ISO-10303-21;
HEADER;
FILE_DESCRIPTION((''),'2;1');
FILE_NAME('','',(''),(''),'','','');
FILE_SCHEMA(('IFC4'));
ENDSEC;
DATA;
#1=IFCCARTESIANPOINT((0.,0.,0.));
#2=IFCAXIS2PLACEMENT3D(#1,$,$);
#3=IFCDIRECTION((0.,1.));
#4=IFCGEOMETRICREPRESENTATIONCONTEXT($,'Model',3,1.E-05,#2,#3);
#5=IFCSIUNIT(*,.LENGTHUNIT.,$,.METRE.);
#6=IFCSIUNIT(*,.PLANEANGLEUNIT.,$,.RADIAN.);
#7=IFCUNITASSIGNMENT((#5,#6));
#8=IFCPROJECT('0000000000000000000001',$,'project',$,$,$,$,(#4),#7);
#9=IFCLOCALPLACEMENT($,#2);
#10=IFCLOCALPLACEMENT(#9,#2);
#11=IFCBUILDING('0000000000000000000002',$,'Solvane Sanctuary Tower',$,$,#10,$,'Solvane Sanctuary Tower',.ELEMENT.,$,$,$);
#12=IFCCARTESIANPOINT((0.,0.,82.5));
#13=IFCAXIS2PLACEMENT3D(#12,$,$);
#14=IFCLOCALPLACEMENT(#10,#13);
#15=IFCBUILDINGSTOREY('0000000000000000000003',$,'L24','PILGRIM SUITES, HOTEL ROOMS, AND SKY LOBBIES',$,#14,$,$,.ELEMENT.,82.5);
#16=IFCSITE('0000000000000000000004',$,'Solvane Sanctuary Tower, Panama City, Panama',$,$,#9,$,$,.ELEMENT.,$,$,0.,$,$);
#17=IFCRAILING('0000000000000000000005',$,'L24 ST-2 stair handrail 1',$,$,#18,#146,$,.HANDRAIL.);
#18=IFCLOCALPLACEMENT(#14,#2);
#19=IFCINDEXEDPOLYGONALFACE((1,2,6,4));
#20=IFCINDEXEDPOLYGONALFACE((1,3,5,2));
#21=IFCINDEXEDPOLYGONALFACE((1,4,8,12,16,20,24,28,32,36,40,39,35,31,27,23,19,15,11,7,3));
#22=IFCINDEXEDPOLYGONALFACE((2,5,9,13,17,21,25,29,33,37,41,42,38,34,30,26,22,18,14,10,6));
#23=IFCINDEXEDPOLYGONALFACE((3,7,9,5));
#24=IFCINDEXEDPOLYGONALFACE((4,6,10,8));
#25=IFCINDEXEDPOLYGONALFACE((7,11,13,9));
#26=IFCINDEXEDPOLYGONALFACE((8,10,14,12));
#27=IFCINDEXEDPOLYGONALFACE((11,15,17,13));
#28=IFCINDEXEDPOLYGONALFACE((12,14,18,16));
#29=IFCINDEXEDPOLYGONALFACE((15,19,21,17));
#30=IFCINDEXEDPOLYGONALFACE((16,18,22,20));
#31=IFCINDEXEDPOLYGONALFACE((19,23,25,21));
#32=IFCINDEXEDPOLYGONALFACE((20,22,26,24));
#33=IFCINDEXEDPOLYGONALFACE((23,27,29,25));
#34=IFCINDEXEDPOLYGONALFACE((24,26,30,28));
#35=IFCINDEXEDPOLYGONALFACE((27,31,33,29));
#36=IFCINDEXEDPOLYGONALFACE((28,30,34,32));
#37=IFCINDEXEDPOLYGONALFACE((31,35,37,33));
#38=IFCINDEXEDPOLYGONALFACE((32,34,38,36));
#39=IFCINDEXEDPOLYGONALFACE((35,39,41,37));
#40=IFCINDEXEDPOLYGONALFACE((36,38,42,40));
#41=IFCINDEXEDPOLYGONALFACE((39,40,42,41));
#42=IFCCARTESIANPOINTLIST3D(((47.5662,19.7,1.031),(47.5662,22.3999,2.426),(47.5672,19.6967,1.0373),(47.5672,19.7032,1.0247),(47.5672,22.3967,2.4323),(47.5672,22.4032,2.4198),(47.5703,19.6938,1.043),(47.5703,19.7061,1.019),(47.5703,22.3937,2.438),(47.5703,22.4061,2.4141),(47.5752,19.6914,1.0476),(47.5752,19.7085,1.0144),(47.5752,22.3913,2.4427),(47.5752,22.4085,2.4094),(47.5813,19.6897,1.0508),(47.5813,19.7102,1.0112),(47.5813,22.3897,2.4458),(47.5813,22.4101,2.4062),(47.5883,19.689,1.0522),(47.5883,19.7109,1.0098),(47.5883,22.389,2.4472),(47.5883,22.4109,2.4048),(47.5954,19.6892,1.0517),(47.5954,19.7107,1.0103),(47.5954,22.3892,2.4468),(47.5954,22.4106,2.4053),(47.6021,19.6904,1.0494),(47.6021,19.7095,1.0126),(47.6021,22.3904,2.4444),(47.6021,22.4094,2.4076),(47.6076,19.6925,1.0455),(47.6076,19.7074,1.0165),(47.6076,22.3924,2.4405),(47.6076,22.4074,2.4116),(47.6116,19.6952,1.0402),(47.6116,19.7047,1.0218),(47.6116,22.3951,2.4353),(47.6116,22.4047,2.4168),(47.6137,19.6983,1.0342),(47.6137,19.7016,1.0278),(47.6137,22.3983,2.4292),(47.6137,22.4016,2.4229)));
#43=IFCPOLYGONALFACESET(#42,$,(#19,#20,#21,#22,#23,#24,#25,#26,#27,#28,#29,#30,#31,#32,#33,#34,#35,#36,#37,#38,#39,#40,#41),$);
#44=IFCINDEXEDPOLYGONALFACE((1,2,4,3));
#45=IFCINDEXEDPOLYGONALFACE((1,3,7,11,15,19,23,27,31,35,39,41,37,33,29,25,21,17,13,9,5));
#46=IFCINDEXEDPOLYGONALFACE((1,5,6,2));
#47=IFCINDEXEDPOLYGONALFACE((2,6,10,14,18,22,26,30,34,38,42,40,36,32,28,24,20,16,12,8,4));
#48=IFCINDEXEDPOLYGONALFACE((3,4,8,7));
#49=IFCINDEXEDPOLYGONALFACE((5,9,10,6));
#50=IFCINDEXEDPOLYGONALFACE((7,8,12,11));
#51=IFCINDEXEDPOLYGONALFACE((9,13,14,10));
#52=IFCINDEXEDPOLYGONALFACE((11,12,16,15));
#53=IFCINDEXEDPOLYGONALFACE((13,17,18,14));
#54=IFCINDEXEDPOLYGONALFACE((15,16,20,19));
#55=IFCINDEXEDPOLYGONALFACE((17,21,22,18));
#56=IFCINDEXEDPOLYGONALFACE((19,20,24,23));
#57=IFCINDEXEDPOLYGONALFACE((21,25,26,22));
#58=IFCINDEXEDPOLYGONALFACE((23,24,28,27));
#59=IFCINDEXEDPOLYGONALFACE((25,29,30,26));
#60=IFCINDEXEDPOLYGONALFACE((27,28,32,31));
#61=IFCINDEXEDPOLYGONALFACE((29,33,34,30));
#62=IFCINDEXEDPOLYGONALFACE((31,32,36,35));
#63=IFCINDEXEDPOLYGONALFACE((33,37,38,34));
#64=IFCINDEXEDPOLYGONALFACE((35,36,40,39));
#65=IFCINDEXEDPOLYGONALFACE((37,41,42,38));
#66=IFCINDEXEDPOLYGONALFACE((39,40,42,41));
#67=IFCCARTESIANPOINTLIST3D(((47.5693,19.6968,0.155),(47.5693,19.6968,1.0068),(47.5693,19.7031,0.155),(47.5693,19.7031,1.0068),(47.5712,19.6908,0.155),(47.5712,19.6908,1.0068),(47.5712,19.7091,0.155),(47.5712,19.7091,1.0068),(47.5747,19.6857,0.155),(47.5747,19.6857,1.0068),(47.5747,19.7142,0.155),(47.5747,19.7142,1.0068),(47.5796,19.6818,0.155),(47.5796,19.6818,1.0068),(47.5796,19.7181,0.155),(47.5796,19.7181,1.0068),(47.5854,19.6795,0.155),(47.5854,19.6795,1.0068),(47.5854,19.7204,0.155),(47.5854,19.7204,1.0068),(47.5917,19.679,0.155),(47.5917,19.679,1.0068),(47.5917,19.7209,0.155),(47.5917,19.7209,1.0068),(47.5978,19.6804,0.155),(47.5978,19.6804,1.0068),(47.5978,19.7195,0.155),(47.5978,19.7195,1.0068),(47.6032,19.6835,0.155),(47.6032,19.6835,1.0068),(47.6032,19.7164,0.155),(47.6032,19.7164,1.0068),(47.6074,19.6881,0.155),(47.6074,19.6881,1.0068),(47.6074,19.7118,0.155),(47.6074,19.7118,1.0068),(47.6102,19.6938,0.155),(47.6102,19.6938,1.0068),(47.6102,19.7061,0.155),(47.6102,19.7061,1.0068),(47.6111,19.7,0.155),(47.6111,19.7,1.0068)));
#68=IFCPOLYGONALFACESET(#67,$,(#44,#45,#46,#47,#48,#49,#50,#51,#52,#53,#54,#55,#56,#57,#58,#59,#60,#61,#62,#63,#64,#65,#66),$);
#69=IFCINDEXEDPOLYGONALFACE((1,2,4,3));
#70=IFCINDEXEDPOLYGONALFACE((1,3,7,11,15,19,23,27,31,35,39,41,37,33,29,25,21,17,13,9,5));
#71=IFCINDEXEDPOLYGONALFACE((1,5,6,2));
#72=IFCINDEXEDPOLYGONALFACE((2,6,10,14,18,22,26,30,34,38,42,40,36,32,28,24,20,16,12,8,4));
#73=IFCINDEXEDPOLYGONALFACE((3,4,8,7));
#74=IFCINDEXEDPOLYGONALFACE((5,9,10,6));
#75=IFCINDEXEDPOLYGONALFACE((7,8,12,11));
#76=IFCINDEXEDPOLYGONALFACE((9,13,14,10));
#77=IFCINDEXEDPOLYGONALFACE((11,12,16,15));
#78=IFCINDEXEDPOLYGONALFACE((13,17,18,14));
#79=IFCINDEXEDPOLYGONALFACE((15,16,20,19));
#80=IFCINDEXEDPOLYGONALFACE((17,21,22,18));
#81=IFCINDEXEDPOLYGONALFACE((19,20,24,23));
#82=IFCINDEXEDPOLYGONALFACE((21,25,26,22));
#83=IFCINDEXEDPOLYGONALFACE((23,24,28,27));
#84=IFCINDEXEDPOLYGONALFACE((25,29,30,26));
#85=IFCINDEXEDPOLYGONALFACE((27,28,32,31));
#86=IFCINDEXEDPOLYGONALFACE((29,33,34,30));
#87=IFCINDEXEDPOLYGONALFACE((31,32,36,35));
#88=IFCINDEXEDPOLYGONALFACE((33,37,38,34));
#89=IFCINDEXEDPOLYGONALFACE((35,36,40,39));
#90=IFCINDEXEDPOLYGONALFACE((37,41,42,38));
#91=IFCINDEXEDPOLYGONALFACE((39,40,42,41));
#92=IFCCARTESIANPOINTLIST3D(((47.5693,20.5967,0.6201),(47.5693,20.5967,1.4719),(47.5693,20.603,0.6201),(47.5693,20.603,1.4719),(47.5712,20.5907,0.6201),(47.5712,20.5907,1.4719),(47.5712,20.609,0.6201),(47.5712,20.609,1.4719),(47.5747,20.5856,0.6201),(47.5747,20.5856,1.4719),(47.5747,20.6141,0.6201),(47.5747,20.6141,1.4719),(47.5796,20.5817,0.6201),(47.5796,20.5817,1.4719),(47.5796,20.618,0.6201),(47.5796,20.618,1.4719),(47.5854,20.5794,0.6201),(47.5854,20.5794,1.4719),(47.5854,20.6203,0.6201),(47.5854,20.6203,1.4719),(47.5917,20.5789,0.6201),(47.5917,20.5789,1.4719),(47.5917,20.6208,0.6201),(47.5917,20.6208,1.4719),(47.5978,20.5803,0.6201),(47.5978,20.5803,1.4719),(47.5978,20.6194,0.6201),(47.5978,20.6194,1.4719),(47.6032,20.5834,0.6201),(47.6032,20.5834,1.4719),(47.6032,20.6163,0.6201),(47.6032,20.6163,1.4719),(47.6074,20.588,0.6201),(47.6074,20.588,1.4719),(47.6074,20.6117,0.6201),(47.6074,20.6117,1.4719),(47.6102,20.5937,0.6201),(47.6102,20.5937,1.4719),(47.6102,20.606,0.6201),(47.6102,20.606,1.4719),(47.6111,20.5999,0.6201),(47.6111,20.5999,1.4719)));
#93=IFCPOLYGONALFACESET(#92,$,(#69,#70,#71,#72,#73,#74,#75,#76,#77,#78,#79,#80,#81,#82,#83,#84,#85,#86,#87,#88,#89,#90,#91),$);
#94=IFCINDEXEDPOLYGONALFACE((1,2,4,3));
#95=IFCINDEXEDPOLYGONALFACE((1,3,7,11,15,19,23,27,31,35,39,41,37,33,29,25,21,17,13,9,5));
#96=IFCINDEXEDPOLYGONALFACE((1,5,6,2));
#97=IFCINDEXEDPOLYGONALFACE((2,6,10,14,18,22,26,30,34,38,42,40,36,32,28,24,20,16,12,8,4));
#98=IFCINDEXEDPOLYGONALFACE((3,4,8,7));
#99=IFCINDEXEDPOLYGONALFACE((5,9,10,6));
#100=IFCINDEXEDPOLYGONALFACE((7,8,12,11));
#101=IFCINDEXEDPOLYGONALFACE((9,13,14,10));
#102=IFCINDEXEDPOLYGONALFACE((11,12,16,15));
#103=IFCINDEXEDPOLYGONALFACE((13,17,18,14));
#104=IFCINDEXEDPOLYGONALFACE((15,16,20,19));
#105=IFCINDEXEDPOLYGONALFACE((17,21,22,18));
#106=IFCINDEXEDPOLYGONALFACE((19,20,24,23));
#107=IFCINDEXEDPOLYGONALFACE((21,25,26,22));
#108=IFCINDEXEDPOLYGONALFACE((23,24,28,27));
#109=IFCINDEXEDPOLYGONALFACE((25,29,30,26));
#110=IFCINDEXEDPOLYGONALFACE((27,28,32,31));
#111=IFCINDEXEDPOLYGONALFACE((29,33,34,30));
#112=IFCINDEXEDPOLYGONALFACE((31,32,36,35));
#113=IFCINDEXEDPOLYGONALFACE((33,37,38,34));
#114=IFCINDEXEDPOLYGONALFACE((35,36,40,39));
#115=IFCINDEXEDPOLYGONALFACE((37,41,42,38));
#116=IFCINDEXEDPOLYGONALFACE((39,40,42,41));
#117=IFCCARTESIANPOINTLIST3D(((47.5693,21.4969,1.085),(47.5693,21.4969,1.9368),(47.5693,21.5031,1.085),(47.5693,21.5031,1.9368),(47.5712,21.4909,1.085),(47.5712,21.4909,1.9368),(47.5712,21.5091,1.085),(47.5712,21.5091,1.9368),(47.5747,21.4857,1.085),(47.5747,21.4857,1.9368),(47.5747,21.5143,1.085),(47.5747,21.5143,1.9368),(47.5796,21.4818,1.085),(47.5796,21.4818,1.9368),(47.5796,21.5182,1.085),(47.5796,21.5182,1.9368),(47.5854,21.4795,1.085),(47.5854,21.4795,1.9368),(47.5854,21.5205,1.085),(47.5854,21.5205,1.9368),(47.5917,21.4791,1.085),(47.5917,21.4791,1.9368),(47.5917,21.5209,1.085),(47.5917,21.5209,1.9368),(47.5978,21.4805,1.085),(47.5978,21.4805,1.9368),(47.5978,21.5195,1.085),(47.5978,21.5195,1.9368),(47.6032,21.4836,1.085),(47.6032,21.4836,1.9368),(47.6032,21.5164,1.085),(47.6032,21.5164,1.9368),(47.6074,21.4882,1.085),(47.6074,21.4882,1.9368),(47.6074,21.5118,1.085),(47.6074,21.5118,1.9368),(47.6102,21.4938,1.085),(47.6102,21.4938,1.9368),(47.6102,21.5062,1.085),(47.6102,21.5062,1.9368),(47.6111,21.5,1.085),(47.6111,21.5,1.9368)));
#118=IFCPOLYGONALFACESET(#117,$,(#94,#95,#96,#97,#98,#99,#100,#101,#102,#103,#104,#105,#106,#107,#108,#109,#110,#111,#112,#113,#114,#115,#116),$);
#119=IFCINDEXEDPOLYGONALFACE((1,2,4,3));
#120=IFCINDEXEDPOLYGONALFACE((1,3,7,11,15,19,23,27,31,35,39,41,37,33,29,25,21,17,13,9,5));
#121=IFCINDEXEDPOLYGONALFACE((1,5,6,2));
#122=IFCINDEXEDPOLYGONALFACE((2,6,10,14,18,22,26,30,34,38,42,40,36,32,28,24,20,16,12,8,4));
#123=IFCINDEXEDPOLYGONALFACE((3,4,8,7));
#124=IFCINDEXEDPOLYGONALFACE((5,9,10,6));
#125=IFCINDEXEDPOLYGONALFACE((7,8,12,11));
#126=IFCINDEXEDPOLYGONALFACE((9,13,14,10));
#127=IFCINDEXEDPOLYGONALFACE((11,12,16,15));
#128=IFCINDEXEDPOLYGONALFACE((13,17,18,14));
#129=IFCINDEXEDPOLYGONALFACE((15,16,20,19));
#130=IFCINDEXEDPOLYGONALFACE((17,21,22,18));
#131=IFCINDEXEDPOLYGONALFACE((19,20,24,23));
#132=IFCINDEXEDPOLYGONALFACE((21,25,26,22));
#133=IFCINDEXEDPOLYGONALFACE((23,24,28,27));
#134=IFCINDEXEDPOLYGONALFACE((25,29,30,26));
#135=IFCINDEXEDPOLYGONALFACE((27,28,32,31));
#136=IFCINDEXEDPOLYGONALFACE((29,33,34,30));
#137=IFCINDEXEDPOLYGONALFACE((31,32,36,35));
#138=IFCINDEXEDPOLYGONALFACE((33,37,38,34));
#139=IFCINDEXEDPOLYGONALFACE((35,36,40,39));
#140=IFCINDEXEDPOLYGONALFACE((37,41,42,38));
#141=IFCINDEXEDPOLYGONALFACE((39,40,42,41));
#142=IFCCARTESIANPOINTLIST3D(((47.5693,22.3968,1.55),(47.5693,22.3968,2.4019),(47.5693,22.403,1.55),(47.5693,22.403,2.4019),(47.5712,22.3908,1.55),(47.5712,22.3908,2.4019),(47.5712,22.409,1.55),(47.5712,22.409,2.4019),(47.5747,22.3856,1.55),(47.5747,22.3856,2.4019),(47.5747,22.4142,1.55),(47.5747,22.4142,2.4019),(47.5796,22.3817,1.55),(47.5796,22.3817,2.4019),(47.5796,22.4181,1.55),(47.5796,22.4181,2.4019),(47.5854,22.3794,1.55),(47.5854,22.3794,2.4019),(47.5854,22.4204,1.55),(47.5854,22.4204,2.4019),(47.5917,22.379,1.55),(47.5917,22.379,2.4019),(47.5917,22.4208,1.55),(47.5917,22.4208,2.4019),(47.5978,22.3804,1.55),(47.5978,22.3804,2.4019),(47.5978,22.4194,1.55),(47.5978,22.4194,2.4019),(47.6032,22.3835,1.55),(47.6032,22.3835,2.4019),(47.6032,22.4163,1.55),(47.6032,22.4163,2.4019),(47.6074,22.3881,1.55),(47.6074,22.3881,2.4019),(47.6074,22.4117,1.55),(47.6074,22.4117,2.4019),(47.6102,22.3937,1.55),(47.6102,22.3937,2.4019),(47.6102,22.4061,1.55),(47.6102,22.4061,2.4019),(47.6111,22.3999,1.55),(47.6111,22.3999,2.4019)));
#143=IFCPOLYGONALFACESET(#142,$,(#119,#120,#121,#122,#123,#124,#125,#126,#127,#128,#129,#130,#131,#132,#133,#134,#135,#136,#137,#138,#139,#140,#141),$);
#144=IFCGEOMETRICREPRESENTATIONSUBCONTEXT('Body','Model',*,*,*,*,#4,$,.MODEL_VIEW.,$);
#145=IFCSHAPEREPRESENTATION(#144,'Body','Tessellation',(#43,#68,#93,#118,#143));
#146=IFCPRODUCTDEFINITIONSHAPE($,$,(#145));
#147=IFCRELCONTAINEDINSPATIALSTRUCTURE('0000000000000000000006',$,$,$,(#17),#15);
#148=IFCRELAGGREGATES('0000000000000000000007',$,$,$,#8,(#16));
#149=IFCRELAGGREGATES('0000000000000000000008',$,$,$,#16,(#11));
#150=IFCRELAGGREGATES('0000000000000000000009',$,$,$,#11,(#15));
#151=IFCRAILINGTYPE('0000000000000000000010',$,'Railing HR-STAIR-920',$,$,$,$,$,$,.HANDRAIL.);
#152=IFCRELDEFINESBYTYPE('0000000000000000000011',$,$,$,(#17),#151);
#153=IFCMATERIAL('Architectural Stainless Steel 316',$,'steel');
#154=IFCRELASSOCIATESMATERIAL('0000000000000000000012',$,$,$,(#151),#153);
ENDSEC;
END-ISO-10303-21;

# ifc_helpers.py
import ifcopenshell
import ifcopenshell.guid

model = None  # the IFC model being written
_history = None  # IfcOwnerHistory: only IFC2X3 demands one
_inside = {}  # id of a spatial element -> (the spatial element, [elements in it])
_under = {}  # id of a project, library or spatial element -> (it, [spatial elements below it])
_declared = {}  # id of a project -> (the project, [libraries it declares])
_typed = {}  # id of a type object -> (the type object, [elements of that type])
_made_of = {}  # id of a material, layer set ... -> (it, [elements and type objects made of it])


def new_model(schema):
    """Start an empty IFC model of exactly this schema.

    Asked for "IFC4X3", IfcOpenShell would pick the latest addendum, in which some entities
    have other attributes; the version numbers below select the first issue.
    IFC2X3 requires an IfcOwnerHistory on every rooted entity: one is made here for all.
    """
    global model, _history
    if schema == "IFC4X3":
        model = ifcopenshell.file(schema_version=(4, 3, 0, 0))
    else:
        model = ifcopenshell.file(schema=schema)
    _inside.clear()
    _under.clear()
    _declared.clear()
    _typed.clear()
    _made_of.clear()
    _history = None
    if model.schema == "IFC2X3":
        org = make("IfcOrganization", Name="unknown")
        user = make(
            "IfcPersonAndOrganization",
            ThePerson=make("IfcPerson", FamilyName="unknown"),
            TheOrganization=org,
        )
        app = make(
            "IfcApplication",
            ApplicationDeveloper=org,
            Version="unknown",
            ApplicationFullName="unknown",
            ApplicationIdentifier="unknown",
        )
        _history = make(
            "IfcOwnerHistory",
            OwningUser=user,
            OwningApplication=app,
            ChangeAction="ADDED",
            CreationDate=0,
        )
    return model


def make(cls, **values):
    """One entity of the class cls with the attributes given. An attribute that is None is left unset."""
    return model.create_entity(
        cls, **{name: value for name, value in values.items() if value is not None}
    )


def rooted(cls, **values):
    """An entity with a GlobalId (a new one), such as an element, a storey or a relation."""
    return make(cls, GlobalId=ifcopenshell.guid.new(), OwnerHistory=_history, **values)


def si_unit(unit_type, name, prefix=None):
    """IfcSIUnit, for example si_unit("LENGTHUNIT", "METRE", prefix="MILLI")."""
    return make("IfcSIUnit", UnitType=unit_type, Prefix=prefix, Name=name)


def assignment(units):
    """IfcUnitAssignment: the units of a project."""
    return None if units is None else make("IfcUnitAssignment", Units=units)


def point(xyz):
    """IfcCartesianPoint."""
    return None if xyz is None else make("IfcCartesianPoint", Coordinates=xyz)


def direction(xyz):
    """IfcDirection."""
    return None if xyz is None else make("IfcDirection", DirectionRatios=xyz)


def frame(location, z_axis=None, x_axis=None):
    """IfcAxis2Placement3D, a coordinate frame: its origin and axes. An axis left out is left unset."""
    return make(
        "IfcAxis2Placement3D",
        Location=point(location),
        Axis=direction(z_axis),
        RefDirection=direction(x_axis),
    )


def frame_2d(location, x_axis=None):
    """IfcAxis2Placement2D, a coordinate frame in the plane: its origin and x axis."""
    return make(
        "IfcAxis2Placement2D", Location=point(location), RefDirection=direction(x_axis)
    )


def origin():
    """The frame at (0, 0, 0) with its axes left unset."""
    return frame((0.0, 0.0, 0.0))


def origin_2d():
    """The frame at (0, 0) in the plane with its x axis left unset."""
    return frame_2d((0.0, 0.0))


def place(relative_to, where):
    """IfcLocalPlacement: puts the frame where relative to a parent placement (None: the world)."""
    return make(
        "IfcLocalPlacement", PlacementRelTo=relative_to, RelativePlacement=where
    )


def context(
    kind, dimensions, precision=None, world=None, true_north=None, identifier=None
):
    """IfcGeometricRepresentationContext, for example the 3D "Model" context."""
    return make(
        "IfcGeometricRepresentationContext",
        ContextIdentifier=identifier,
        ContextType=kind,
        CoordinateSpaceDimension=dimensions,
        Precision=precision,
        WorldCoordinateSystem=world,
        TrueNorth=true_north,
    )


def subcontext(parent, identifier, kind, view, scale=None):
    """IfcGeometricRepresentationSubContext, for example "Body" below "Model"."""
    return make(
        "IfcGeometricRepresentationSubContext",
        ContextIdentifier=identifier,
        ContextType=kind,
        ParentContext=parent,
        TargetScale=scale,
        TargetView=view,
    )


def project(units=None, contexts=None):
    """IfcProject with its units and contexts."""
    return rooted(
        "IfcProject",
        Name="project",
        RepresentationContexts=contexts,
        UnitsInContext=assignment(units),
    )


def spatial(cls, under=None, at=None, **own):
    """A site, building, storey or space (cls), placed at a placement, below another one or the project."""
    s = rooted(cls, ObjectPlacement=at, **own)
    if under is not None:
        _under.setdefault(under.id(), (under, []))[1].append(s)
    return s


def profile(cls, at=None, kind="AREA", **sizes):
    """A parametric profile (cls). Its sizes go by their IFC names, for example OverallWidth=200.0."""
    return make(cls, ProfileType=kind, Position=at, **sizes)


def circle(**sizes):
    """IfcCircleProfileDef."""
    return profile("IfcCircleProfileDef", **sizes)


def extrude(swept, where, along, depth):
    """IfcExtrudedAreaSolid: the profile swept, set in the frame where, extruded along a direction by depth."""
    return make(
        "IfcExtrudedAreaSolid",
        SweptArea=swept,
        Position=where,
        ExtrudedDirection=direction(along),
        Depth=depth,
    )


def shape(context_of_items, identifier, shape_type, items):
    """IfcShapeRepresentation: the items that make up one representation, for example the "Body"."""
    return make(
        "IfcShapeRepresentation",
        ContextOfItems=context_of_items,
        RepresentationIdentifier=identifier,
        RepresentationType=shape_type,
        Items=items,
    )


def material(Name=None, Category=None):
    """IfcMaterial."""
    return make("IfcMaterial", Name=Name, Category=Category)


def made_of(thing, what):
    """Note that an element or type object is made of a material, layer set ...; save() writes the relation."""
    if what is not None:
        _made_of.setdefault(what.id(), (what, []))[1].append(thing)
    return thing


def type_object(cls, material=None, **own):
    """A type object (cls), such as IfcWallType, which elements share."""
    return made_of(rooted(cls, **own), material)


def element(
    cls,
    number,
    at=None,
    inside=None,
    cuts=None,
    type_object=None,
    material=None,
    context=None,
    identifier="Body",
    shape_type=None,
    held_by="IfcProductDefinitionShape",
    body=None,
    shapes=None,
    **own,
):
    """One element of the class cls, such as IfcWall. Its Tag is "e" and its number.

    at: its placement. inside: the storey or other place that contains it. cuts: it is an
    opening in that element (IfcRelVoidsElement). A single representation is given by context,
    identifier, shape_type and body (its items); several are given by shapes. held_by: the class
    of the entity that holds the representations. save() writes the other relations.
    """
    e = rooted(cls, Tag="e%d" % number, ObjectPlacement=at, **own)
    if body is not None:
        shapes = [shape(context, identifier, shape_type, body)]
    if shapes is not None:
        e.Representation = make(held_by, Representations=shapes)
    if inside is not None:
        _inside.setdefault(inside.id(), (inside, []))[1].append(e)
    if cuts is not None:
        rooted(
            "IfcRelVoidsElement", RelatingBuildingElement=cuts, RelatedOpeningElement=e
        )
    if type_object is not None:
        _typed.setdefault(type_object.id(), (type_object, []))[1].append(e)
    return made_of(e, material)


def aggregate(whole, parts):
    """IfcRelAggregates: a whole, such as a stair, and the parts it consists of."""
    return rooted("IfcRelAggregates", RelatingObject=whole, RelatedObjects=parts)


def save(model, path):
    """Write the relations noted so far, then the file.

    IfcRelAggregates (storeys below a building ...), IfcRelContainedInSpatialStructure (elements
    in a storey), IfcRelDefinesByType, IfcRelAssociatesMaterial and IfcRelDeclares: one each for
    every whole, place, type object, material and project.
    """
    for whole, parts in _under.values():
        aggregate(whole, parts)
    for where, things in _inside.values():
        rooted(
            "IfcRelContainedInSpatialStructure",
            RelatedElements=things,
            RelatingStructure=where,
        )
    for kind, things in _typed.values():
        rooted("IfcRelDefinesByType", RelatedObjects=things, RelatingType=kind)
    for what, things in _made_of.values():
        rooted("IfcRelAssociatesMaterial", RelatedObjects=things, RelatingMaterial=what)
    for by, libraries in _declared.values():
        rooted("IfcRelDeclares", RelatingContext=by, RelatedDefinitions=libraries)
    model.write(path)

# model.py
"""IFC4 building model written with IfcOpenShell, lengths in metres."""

from ifc_helpers import new_model, si_unit, direction, frame, origin, origin_2d, place, context, subcontext, project, spatial, circle, extrude, material, type_object, element, save


model = new_model("IFC4")

# Units and contexts
model_context = context("Model", 3, precision=1e-05, world=origin(), true_north=direction((0.0, 1.0)))
body_context = subcontext(model_context, "Body", "Model", "MODEL_VIEW")
ifc_project = project(units=[si_unit("LENGTHUNIT", "METRE"), si_unit("PLANEANGLEUNIT", "RADIAN")], contexts=[model_context])

# Site, building, storey
site_placement = place(None, origin())
site = spatial("IfcSite", under=ifc_project, at=site_placement, Name="Solvane Sanctuary Tower, Panama City, Panama", CompositionType="ELEMENT", RefElevation=0.0)
building_placement = place(site_placement, origin())
building = spatial("IfcBuilding", under=site, at=building_placement, Name="Solvane Sanctuary Tower", LongName="Solvane Sanctuary Tower", CompositionType="ELEMENT")
storey_placement = place(building_placement, frame((0.0, 0.0, 82.5)))
storey = spatial("IfcBuildingStorey", under=building, at=storey_placement, Name="L24", Description="PILGRIM SUITES, HOTEL ROOMS, AND SKY LOBBIES", CompositionType="ELEMENT", Elevation=82.5)

# Shared definitions
ifc_material_1 = material(Name="Architectural Stainless Steel 316", Category="steel")

# Railing
railing_type_1 = type_object("IfcRailingType", Name="Railing HR-STAIR-920", PredefinedType="HANDRAIL", material=ifc_material_1)
railing_1_placement = place(storey_placement, frame((47.5901, 19.7, 0.155)))
element("IfcRailing", 1, at=railing_1_placement, inside=storey, type_object=railing_type_1, Name="L24 ST-2 stair handrail 1", PredefinedType="HANDRAIL", context=body_context, shape_type="SweptSolid", body=[
    extrude(circle(Radius=0.0239, at=origin_2d()), frame((0.0, 0.0, 0.876), z_axis=(0.0, 0.88842, 0.459032), x_axis=(-1.0, 0.0, 0.0)), (0.0, 0.0, 1.0), 3.0391),
    extrude(circle(Radius=0.021, at=origin_2d()), origin(), (0.0, 0.0, 1.0), 0.8518),
    extrude(circle(Radius=0.021, at=origin_2d()), frame((0.0, 0.8999, 0.4651)), (0.0, 0.0, 1.0), 0.8518),
    extrude(circle(Radius=0.021, at=origin_2d()), frame((0.0, 1.8, 0.9299)), (0.0, 0.0, 1.0), 0.8518),
    extrude(circle(Radius=0.021, at=origin_2d()), frame((0.0, 2.7, 1.395)), (0.0, 0.0, 1.0), 0.8518),
])

save(model, "model.ifc")
